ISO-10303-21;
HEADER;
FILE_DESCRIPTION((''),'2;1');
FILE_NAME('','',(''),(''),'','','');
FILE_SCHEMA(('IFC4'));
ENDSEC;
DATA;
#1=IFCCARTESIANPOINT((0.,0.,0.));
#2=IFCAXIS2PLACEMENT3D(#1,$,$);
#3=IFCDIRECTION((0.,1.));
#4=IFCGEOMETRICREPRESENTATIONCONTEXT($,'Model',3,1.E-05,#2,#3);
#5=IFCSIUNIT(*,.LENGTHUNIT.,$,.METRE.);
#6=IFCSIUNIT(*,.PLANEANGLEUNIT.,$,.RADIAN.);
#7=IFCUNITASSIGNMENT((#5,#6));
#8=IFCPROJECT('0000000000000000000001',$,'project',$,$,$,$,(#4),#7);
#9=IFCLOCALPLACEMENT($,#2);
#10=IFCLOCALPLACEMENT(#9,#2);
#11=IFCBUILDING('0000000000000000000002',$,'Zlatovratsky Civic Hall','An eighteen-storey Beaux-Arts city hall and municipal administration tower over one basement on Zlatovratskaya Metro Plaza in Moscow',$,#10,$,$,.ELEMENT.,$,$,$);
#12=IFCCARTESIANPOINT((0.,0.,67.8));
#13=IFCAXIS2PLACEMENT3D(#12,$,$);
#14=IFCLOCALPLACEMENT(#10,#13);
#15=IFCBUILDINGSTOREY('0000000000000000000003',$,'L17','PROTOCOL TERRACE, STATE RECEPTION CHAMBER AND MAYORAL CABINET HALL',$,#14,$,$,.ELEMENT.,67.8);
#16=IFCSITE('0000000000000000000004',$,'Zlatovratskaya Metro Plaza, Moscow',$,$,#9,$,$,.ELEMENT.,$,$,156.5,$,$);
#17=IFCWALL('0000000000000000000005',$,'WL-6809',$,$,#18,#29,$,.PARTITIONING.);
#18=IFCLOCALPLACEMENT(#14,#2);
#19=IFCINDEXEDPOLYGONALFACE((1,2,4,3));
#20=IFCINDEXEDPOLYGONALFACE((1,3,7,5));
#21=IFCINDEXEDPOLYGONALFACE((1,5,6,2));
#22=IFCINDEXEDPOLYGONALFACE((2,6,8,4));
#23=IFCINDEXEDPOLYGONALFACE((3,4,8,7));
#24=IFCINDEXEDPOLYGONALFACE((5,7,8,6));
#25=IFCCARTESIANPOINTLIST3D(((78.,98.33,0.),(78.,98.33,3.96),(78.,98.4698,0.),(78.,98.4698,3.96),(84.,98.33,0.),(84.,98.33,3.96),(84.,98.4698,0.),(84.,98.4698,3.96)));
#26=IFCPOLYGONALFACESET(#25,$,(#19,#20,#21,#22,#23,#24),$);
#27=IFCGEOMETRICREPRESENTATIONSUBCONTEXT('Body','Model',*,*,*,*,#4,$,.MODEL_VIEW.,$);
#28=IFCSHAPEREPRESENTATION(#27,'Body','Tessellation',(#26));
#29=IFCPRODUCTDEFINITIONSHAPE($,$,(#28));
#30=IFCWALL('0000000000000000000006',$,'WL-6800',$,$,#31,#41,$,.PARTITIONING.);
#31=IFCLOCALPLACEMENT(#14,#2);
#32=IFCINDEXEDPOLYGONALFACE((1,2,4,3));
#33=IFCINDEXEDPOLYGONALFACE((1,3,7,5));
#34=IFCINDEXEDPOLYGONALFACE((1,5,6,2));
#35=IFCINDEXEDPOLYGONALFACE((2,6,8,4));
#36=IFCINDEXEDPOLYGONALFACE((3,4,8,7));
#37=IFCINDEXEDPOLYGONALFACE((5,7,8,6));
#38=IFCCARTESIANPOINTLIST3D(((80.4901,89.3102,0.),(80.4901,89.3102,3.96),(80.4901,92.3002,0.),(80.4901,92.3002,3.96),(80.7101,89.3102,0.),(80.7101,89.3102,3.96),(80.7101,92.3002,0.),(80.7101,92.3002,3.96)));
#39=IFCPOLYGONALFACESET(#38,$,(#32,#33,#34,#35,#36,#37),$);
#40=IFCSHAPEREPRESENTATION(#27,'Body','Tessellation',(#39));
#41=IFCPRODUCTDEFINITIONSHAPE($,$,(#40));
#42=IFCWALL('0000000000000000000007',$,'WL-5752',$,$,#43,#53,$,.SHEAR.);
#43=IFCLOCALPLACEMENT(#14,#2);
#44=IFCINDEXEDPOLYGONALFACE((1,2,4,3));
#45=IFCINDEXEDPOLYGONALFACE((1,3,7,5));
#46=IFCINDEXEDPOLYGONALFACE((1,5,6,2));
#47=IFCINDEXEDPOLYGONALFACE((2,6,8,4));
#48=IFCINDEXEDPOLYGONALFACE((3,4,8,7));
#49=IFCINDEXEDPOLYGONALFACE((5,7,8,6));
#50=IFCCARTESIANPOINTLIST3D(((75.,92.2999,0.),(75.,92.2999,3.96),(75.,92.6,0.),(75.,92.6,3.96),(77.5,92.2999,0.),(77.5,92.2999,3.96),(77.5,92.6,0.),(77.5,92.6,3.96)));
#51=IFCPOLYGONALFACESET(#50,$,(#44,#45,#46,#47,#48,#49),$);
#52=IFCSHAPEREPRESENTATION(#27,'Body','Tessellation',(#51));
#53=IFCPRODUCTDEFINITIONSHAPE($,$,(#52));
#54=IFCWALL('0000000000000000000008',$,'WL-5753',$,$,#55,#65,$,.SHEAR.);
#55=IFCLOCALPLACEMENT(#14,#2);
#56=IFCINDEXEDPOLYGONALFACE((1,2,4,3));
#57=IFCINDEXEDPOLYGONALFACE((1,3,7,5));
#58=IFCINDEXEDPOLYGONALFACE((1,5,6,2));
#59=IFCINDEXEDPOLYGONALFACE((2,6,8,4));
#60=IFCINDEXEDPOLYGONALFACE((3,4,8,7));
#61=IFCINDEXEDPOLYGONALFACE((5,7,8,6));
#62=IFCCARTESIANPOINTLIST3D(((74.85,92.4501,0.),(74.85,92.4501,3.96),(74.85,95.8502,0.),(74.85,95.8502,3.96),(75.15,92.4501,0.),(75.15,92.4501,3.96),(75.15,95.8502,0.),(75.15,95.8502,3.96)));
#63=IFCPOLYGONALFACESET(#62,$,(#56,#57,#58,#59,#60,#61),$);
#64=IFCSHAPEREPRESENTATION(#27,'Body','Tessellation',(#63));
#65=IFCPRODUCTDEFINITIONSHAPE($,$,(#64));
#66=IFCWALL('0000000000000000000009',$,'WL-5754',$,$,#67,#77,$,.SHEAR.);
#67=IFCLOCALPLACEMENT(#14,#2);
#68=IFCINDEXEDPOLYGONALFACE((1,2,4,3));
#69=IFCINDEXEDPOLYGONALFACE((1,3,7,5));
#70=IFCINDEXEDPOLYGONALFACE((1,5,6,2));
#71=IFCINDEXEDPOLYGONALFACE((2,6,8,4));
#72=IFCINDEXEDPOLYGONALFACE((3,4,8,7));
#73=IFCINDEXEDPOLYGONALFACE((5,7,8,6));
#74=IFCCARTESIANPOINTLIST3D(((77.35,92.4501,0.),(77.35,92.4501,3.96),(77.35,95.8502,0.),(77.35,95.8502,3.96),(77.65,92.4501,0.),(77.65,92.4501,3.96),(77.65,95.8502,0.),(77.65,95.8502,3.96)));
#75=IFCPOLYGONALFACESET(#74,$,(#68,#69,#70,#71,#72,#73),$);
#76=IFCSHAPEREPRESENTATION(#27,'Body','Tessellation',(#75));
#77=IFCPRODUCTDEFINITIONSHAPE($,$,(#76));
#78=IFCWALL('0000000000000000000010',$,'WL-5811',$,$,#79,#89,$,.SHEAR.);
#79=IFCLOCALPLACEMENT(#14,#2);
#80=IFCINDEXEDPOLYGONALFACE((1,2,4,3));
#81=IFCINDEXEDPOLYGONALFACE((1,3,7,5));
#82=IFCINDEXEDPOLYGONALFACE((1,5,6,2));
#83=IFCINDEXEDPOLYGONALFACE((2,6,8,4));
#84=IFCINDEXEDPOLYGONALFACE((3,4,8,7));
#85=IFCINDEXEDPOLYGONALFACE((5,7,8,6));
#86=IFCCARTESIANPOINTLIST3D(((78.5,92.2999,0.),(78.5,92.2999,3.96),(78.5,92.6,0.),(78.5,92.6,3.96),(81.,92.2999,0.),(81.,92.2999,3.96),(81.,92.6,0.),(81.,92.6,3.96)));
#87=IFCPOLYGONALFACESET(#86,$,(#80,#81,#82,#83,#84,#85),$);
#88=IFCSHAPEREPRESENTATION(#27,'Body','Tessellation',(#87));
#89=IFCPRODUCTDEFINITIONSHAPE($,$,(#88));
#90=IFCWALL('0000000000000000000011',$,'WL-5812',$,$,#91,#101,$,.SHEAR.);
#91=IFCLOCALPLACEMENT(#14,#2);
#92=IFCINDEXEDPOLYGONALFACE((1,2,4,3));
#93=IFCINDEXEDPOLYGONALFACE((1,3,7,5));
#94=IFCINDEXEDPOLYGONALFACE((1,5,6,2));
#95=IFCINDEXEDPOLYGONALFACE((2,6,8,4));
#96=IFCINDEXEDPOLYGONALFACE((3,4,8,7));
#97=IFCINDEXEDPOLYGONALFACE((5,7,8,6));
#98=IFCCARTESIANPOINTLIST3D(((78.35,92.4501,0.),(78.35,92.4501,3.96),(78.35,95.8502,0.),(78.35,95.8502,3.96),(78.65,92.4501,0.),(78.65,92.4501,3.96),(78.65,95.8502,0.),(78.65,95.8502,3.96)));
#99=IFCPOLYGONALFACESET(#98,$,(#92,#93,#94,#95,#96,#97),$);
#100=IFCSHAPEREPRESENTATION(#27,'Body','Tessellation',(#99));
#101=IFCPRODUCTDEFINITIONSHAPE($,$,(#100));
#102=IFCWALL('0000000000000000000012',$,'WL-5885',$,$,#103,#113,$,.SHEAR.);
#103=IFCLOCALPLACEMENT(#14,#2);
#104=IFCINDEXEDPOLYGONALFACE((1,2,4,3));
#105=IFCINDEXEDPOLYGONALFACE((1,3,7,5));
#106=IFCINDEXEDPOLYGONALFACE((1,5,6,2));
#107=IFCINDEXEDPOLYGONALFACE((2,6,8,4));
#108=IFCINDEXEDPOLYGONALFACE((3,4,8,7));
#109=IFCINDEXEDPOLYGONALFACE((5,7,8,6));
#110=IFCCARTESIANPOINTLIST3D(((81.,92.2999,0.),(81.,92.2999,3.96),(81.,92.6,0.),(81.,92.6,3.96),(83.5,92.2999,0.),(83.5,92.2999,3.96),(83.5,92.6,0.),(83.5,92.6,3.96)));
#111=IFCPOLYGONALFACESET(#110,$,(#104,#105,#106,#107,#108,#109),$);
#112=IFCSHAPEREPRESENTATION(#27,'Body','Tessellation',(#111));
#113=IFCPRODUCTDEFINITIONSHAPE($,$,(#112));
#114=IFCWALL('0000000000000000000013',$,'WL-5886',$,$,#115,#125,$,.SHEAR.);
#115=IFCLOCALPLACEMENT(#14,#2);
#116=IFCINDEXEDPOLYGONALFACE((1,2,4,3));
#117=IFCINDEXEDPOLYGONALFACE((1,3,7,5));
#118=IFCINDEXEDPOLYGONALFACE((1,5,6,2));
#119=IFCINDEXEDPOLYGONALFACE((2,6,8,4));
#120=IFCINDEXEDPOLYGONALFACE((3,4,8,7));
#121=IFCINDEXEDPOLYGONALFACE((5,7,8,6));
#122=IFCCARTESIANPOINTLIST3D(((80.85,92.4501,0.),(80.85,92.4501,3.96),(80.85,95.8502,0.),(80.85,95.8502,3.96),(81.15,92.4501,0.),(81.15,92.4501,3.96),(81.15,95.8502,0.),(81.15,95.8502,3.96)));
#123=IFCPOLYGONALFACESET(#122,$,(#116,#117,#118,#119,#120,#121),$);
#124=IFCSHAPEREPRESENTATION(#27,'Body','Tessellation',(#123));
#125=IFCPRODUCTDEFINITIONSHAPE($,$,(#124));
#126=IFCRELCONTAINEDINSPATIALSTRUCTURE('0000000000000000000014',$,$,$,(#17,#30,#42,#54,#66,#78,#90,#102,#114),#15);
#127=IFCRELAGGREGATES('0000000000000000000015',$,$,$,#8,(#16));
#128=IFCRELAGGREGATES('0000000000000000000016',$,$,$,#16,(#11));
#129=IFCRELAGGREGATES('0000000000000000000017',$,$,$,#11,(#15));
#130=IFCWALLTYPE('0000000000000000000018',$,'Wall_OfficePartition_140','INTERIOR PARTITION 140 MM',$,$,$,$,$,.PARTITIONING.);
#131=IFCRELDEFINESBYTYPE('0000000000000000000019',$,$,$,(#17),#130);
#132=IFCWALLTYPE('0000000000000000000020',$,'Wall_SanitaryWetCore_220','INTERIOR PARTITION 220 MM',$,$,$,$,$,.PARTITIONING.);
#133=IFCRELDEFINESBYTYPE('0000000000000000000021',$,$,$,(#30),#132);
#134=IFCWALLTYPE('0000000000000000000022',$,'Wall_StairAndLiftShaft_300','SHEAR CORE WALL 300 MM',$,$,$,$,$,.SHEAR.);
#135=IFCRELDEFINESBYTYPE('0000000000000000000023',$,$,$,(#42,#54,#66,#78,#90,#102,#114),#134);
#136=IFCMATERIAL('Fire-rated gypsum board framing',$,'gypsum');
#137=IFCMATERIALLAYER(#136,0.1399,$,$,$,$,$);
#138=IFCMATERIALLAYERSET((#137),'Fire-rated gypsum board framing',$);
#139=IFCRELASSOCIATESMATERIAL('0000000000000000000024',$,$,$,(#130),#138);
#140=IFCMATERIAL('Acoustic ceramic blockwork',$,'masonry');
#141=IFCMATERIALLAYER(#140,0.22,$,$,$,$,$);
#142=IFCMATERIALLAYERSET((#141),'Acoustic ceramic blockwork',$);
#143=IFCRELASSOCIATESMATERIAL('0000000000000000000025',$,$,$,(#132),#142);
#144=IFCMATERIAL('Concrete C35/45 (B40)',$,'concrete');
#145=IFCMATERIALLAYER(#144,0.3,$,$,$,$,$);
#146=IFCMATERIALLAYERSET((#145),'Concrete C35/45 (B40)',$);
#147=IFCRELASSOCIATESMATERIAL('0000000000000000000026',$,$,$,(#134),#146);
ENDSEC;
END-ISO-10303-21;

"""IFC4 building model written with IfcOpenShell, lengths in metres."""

from ifc_helpers import new_model, si_unit, direction, frame, frame_2d, origin, place, context, subcontext, project, spatial, rectangle, extrude, material, layer, layer_set, type_object, element, save


model = new_model("IFC4")

# Units and contexts
model_context = context("Model", 3, precision=1e-05, world=origin(), true_north=direction((0.0, 1.0)))
body_context = subcontext(model_context, "Body", "Model", "MODEL_VIEW")
ifc_project = project(units=[si_unit("LENGTHUNIT", "METRE"), si_unit("PLANEANGLEUNIT", "RADIAN")], contexts=[model_context])

# Site, building, storey
site_placement = place(None, origin())
site = spatial("IfcSite", under=ifc_project, at=site_placement, Name="Zlatovratskaya Metro Plaza, Moscow", CompositionType="ELEMENT", RefElevation=156.5)
building_placement = place(site_placement, origin())
building = spatial("IfcBuilding", under=site, at=building_placement, Name="Zlatovratsky Civic Hall", Description="An eighteen-storey Beaux-Arts city hall and municipal administration tower over one basement on Zlatovratskaya Metro Plaza in Moscow", CompositionType="ELEMENT")
storey_placement = place(building_placement, frame((0.0, 0.0, 67.8)))
storey = spatial("IfcBuildingStorey", under=building, at=storey_placement, Name="L17", Description="PROTOCOL TERRACE, STATE RECEPTION CHAMBER AND MAYORAL CABINET HALL", CompositionType="ELEMENT", Elevation=67.8)

# Shared definitions
ifc_material_1 = material(Name="Concrete C35/45 (B40)", Category="concrete")

# Walls
ifc_material_2 = material(Name="Fire-rated gypsum board framing", Category="gypsum")
ifc_layer_1 = layer(ifc_material_2, 0.1399)
ifc_layer_set_1 = layer_set([ifc_layer_1], Name="Fire-rated gypsum board framing")
wall_type_1 = type_object("IfcWallType", Name="Wall_OfficePartition_140", Description="INTERIOR PARTITION 140 MM", PredefinedType="PARTITIONING", material=ifc_layer_set_1)
wall_1_placement = place(storey_placement, frame((78.0, 98.3999, 0.0), z_axis=(0.0, 0.0, 1.0), x_axis=(1.0, 0.0, 0.0)))
element("IfcWall", 1, at=wall_1_placement, inside=storey, type_object=wall_type_1, Name="WL-6809", PredefinedType="PARTITIONING", context=body_context, shape_type="SweptSolid", body=[
    extrude(rectangle(XDim=6.0, YDim=0.1399, at=frame_2d((3.0, 0.0))), origin(), (0.0, 0.0, 1.0), 3.96),
])
ifc_material_3 = material(Name="Acoustic ceramic blockwork", Category="masonry")
ifc_layer_2 = layer(ifc_material_3, 0.22)
ifc_layer_set_2 = layer_set([ifc_layer_2], Name="Acoustic ceramic blockwork")
wall_type_2 = type_object("IfcWallType", Name="Wall_SanitaryWetCore_220", Description="INTERIOR PARTITION 220 MM", PredefinedType="PARTITIONING", material=ifc_layer_set_2)
wall_2_placement = place(storey_placement, frame((80.6001, 89.3101, 0.0), z_axis=(0.0, 0.0, 1.0), x_axis=(0.0, 1.0, 0.0)))
element("IfcWall", 2, at=wall_2_placement, inside=storey, type_object=wall_type_2, Name="WL-6800", PredefinedType="PARTITIONING", context=body_context, shape_type="SweptSolid", body=[
    extrude(rectangle(XDim=2.99, YDim=0.22, at=frame_2d((1.4951, 0.0))), origin(), (0.0, 0.0, 1.0), 3.96),
])

# Shared definitions
ifc_layer_3 = layer(ifc_material_1, 0.3)
ifc_layer_set_3 = layer_set([ifc_layer_3], Name="Concrete C35/45 (B40)")
wall_type_3 = type_object("IfcWallType", Name="Wall_StairAndLiftShaft_300", Description="SHEAR CORE WALL 300 MM", PredefinedType="SHEAR", material=ifc_layer_set_3)

# Walls
wall_3_placement = place(storey_placement, frame((75.0, 92.45, 0.0), z_axis=(0.0, 0.0, 1.0), x_axis=(1.0, 0.0, 0.0)))
element("IfcWall", 3, at=wall_3_placement, inside=storey, type_object=wall_type_3, Name="WL-5752", PredefinedType="SHEAR", context=body_context, shape_type="SweptSolid", body=[
    extrude(rectangle(XDim=2.5, YDim=0.3, at=frame_2d((1.25, 0.0))), origin(), (0.0, 0.0, 1.0), 3.96),
])
for number, where, z_axis, x_axis, name in (
    (4, (75.0, 92.45, 0.0), (0.0, 0.0, 1.0), (0.0, 1.0, 0.0), "WL-5753"),
    (5, (77.5, 92.45, 0.0), (0.0, 0.0, 1.0), (0.0, 1.0, 0.0), "WL-5754"),
):
    element("IfcWall", number, at=place(storey_placement, frame(where, z_axis=z_axis, x_axis=x_axis)), inside=storey, type_object=wall_type_3, Name=name, PredefinedType="SHEAR", context=body_context, shape_type="SweptSolid", body=[
        extrude(rectangle(XDim=3.4001, YDim=0.3, at=frame_2d((1.7002, 0.0))), origin(), (0.0, 0.0, 1.0), 3.96),
    ])

# Walls
wall_4_placement = place(storey_placement, frame((78.5, 92.45, 0.0), z_axis=(0.0, 0.0, 1.0), x_axis=(1.0, 0.0, 0.0)))
element("IfcWall", 6, at=wall_4_placement, inside=storey, type_object=wall_type_3, Name="WL-5811", PredefinedType="SHEAR", context=body_context, shape_type="SweptSolid", body=[
    extrude(rectangle(XDim=2.5, YDim=0.3, at=frame_2d((1.25, 0.0))), origin(), (0.0, 0.0, 1.0), 3.96),
])
wall_5_placement = place(storey_placement, frame((78.5, 92.45, 0.0), z_axis=(0.0, 0.0, 1.0), x_axis=(0.0, 1.0, 0.0)))
element("IfcWall", 7, at=wall_5_placement, inside=storey, type_object=wall_type_3, Name="WL-5812", PredefinedType="SHEAR", context=body_context, shape_type="SweptSolid", body=[
    extrude(rectangle(XDim=3.4001, YDim=0.3, at=frame_2d((1.7002, 0.0))), origin(), (0.0, 0.0, 1.0), 3.96),
])

# Walls
wall_6_placement = place(storey_placement, frame((81.0, 92.45, 0.0), z_axis=(0.0, 0.0, 1.0), x_axis=(1.0, 0.0, 0.0)))
element("IfcWall", 8, at=wall_6_placement, inside=storey, type_object=wall_type_3, Name="WL-5885", PredefinedType="SHEAR", context=body_context, shape_type="SweptSolid", body=[
    extrude(rectangle(XDim=2.5, YDim=0.3, at=frame_2d((1.25, 0.0))), origin(), (0.0, 0.0, 1.0), 3.96),
])
wall_7_placement = place(storey_placement, frame((81.0, 92.45, 0.0), z_axis=(0.0, 0.0, 1.0), x_axis=(0.0, 1.0, 0.0)))
element("IfcWall", 9, at=wall_7_placement, inside=storey, type_object=wall_type_3, Name="WL-5886", PredefinedType="SHEAR", context=body_context, shape_type="SweptSolid", body=[
    extrude(rectangle(XDim=3.4001, YDim=0.3, at=frame_2d((1.7002, 0.0))), origin(), (0.0, 0.0, 1.0), 3.96),
])

save(model, "model.ifc")
